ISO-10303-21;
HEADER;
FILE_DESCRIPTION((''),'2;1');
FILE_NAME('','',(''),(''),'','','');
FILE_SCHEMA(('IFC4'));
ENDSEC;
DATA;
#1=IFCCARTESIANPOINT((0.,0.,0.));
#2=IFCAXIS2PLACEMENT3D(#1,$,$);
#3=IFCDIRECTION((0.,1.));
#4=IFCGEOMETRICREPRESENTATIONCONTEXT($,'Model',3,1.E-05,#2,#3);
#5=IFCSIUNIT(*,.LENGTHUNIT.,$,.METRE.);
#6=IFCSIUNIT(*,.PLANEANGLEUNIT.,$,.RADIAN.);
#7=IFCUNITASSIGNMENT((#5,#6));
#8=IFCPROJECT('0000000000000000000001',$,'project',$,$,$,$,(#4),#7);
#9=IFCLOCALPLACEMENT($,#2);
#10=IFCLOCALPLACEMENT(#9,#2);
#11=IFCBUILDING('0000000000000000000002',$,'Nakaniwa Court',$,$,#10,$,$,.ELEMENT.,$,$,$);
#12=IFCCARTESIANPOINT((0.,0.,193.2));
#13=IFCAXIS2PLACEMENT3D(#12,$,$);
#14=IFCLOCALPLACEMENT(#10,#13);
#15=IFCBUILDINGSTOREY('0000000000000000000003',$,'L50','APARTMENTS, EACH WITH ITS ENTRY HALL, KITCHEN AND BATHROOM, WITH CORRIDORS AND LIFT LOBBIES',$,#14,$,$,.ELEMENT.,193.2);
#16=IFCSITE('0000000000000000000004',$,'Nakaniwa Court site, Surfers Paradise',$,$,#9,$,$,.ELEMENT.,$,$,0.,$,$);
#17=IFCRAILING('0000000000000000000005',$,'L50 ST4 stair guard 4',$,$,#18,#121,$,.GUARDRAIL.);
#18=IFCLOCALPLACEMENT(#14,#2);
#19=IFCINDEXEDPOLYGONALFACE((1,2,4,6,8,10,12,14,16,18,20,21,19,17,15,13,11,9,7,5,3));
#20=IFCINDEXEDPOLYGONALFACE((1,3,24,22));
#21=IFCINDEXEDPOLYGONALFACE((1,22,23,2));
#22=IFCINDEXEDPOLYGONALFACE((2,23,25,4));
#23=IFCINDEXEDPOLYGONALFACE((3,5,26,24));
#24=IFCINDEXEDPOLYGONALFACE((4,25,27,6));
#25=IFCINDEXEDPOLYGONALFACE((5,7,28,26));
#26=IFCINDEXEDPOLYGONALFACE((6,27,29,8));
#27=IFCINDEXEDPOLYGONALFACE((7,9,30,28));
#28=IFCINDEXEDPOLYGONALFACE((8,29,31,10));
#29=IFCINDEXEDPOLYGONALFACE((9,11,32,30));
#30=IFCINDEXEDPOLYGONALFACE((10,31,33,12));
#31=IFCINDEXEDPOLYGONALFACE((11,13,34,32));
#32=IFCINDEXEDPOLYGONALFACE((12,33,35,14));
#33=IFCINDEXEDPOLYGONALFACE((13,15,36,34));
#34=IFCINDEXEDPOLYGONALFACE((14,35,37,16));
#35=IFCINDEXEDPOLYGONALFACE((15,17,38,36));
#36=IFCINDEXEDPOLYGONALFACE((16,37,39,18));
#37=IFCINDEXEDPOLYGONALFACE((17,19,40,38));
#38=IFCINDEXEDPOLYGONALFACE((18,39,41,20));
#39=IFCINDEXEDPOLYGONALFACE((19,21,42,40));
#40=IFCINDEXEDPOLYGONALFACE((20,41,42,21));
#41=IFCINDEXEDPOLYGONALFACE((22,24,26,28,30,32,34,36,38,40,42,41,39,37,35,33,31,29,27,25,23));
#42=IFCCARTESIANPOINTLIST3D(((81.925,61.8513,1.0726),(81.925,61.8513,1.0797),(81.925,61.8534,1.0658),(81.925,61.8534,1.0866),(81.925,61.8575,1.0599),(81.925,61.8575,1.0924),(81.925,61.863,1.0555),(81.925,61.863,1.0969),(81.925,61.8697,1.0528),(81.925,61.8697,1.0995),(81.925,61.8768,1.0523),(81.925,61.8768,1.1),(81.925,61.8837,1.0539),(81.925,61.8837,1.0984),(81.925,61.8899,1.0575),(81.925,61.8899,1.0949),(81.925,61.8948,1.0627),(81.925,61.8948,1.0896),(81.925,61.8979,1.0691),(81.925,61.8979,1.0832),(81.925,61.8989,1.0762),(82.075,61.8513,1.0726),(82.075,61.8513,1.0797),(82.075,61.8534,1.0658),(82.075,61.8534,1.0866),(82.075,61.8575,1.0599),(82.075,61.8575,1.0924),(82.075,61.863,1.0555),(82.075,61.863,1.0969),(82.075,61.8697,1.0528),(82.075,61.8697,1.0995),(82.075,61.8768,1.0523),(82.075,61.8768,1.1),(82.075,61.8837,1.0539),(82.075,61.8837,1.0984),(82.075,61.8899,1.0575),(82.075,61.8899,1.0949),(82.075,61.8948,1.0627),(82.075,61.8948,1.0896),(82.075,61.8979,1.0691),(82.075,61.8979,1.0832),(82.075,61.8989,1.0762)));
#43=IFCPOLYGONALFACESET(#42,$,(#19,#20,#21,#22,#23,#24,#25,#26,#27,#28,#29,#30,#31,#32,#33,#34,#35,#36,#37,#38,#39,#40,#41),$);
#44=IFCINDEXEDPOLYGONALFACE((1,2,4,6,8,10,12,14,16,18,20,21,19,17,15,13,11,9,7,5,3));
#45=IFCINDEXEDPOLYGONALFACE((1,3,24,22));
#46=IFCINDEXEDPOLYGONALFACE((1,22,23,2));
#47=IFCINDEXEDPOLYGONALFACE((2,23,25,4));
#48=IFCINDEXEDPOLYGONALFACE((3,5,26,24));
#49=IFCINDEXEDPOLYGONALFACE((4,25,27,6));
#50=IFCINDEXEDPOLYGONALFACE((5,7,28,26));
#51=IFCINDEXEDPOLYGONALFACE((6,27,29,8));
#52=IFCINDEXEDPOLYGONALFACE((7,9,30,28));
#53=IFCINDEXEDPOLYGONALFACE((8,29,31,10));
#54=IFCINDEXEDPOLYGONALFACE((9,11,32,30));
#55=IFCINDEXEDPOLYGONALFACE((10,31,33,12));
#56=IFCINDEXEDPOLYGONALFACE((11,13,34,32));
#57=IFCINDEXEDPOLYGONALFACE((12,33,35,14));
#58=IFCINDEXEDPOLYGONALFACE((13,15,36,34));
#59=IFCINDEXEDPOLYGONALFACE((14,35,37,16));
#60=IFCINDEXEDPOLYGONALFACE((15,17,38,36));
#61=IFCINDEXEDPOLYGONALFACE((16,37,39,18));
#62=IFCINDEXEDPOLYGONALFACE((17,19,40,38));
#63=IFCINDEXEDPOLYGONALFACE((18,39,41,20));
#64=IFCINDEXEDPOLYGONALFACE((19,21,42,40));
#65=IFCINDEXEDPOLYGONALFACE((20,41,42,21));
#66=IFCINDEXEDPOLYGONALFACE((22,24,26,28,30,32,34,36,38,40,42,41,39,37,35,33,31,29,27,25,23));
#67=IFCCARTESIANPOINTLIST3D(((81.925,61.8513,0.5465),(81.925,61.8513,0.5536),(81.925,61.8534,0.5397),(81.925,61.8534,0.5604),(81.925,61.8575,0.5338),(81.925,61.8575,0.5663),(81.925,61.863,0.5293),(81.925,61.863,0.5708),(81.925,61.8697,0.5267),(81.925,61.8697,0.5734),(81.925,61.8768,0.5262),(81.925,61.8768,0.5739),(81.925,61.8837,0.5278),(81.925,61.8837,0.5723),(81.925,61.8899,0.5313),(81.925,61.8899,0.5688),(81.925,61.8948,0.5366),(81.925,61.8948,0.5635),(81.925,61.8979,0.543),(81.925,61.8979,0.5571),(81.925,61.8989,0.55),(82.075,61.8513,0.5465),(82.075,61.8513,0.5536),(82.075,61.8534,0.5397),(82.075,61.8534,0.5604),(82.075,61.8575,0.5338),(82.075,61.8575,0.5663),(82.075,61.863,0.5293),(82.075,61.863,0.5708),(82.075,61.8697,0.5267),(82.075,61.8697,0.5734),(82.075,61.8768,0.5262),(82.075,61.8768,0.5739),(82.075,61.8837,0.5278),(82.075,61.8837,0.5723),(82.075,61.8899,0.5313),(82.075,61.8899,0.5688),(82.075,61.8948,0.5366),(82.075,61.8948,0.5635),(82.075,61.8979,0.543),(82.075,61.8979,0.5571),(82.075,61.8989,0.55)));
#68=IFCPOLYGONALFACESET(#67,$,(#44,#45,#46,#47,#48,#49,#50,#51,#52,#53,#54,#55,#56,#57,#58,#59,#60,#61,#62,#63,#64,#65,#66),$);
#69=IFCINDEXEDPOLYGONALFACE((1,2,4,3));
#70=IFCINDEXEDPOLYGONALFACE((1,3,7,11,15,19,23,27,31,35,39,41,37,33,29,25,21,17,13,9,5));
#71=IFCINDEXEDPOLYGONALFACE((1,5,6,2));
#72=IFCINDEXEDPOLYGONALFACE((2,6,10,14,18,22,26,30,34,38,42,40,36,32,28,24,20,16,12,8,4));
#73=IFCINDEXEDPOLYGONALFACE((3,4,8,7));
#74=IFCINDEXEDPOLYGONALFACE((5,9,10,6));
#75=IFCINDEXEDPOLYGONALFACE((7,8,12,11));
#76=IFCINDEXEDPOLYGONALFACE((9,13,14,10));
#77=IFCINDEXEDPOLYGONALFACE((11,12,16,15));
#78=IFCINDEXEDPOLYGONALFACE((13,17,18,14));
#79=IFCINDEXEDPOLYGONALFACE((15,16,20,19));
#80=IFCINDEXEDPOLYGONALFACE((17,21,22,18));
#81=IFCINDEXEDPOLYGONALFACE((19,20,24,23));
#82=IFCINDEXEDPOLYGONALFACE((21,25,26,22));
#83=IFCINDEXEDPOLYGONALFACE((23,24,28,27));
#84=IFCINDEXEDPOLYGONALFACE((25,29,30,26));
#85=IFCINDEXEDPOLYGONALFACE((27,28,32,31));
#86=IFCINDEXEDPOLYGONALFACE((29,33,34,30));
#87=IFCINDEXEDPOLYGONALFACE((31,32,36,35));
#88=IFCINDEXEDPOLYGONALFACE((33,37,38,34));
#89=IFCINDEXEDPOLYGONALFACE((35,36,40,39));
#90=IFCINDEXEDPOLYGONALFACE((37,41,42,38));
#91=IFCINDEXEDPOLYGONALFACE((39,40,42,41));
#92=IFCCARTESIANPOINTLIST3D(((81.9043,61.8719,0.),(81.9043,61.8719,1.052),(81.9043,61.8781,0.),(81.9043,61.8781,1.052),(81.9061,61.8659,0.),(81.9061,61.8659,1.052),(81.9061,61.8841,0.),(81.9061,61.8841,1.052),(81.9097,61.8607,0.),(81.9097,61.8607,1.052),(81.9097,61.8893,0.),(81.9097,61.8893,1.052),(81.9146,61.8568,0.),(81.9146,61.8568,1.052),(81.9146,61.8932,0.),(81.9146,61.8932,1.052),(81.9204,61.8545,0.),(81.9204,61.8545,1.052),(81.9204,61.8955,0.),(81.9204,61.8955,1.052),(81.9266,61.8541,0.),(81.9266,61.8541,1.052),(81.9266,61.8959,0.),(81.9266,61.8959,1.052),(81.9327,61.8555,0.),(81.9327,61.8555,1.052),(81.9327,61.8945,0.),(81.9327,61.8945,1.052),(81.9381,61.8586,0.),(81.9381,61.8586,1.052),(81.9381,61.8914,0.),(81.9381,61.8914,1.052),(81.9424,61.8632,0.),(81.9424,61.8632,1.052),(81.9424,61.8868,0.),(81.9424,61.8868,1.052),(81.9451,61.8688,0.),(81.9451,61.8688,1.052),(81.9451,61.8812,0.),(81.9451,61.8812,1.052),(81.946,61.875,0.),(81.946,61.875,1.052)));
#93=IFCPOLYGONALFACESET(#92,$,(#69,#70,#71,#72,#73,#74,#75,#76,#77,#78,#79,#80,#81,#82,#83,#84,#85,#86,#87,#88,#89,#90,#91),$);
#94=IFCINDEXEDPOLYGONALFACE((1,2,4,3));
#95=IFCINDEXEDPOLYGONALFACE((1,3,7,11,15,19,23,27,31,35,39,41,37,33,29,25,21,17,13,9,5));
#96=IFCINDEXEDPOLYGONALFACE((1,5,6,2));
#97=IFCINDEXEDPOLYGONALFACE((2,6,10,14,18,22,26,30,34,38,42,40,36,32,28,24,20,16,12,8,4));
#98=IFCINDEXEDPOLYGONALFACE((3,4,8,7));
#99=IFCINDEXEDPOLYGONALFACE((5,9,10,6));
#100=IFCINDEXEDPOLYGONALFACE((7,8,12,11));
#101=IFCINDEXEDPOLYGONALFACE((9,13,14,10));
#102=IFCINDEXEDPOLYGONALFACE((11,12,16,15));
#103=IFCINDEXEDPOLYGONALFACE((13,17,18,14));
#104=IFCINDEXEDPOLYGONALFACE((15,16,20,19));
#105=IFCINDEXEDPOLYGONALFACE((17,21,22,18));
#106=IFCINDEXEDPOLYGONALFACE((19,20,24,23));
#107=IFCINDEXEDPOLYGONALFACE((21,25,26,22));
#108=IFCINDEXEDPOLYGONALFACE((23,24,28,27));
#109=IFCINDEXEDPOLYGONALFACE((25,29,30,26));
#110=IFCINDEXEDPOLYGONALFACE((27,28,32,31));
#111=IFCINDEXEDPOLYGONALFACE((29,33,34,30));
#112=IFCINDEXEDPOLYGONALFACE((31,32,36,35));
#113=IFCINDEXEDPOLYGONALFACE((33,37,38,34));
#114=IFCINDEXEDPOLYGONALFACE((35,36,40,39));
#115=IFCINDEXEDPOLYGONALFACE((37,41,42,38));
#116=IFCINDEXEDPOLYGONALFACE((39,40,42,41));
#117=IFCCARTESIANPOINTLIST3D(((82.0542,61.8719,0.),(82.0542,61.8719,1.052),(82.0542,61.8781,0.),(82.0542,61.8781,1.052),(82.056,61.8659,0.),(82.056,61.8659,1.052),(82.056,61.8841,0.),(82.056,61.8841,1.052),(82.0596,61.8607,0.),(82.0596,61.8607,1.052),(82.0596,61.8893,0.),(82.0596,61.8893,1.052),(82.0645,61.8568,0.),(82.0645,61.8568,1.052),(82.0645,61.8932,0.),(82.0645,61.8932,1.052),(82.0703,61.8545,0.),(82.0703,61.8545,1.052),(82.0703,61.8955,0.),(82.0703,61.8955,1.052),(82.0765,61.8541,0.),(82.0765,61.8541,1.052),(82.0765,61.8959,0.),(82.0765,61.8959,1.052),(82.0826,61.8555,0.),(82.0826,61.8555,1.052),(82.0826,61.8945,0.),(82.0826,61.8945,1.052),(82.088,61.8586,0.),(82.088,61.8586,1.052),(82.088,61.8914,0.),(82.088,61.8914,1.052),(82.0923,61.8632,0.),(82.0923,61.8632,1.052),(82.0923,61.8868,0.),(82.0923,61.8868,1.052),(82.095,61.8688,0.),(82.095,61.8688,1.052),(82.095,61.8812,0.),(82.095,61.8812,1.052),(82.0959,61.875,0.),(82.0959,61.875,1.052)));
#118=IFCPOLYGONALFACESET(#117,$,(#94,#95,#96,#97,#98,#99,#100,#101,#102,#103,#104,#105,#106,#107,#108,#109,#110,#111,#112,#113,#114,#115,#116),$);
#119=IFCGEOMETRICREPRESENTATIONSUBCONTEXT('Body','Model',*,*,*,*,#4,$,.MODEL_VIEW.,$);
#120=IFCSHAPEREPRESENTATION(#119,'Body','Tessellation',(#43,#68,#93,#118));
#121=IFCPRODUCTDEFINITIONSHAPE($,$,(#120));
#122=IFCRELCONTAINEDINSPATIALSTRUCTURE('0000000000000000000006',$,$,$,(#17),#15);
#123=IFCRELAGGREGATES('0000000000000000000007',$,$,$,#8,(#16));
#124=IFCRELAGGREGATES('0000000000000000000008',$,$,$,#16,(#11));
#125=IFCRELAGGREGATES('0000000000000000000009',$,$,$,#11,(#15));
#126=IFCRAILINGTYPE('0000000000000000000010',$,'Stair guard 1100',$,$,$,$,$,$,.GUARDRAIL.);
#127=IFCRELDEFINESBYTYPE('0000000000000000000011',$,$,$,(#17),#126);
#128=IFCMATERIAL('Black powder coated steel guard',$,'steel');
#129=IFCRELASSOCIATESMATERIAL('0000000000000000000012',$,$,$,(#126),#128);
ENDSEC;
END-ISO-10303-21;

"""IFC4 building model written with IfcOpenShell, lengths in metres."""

from ifc_helpers import new_model, si_unit, direction, frame, origin, origin_2d, place, context, subcontext, project, spatial, circle, extrude, material, type_object, element, save


model = new_model("IFC4")

# Units and contexts
model_context = context("Model", 3, precision=1e-05, world=origin(), true_north=direction((0.0, 1.0)))
body_context = subcontext(model_context, "Body", "Model", "MODEL_VIEW")
ifc_project = project(units=[si_unit("LENGTHUNIT", "METRE"), si_unit("PLANEANGLEUNIT", "RADIAN")], contexts=[model_context])

# Site, building, storey
site_placement = place(None, origin())
site = spatial("IfcSite", under=ifc_project, at=site_placement, Name="Nakaniwa Court site, Surfers Paradise", CompositionType="ELEMENT", RefElevation=0.0)
building_placement = place(site_placement, origin())
building = spatial("IfcBuilding", under=site, at=building_placement, Name="Nakaniwa Court", CompositionType="ELEMENT")
storey_placement = place(building_placement, frame((0.0, 0.0, 193.2)))
storey = spatial("IfcBuildingStorey", under=building, at=storey_placement, Name="L50", Description="APARTMENTS, EACH WITH ITS ENTRY HALL, KITCHEN AND BATHROOM, WITH CORRIDORS AND LIFT LOBBIES", CompositionType="ELEMENT", Elevation=193.2)

# Railing
ifc_material_1 = material(Name="Black powder coated steel guard", Category="steel")
railing_type_1 = type_object("IfcRailingType", Name="Stair guard 1100", PredefinedType="GUARDRAIL", material=ifc_material_1)
railing_1_placement = place(storey_placement, frame((81.925, 61.875, 0.0)))
element("IfcRailing", 1, at=railing_1_placement, inside=storey, type_object=railing_type_1, Name="L50 ST4 stair guard 4", PredefinedType="GUARDRAIL", context=body_context, shape_type="SweptSolid", body=[
    extrude(circle(Radius=0.0239, at=origin_2d()), frame((0.0, 0.0, 1.0762), z_axis=(1.0, 0.0, 0.0), x_axis=(0.0, 1.0, 0.0)), (0.0, 0.0, 1.0), 0.1499),
    extrude(circle(Radius=0.0239, at=origin_2d()), frame((0.0, 0.0, 0.55), z_axis=(1.0, 0.0, 0.0), x_axis=(0.0, 1.0, 0.0)), (0.0, 0.0, 1.0), 0.1499),
    extrude(circle(Radius=0.021, at=origin_2d()), origin(), (0.0, 0.0, 1.0), 1.052),
    extrude(circle(Radius=0.021, at=origin_2d()), frame((0.1499, 0.0, 0.0)), (0.0, 0.0, 1.0), 1.052),
])

save(model, "model.ifc")
